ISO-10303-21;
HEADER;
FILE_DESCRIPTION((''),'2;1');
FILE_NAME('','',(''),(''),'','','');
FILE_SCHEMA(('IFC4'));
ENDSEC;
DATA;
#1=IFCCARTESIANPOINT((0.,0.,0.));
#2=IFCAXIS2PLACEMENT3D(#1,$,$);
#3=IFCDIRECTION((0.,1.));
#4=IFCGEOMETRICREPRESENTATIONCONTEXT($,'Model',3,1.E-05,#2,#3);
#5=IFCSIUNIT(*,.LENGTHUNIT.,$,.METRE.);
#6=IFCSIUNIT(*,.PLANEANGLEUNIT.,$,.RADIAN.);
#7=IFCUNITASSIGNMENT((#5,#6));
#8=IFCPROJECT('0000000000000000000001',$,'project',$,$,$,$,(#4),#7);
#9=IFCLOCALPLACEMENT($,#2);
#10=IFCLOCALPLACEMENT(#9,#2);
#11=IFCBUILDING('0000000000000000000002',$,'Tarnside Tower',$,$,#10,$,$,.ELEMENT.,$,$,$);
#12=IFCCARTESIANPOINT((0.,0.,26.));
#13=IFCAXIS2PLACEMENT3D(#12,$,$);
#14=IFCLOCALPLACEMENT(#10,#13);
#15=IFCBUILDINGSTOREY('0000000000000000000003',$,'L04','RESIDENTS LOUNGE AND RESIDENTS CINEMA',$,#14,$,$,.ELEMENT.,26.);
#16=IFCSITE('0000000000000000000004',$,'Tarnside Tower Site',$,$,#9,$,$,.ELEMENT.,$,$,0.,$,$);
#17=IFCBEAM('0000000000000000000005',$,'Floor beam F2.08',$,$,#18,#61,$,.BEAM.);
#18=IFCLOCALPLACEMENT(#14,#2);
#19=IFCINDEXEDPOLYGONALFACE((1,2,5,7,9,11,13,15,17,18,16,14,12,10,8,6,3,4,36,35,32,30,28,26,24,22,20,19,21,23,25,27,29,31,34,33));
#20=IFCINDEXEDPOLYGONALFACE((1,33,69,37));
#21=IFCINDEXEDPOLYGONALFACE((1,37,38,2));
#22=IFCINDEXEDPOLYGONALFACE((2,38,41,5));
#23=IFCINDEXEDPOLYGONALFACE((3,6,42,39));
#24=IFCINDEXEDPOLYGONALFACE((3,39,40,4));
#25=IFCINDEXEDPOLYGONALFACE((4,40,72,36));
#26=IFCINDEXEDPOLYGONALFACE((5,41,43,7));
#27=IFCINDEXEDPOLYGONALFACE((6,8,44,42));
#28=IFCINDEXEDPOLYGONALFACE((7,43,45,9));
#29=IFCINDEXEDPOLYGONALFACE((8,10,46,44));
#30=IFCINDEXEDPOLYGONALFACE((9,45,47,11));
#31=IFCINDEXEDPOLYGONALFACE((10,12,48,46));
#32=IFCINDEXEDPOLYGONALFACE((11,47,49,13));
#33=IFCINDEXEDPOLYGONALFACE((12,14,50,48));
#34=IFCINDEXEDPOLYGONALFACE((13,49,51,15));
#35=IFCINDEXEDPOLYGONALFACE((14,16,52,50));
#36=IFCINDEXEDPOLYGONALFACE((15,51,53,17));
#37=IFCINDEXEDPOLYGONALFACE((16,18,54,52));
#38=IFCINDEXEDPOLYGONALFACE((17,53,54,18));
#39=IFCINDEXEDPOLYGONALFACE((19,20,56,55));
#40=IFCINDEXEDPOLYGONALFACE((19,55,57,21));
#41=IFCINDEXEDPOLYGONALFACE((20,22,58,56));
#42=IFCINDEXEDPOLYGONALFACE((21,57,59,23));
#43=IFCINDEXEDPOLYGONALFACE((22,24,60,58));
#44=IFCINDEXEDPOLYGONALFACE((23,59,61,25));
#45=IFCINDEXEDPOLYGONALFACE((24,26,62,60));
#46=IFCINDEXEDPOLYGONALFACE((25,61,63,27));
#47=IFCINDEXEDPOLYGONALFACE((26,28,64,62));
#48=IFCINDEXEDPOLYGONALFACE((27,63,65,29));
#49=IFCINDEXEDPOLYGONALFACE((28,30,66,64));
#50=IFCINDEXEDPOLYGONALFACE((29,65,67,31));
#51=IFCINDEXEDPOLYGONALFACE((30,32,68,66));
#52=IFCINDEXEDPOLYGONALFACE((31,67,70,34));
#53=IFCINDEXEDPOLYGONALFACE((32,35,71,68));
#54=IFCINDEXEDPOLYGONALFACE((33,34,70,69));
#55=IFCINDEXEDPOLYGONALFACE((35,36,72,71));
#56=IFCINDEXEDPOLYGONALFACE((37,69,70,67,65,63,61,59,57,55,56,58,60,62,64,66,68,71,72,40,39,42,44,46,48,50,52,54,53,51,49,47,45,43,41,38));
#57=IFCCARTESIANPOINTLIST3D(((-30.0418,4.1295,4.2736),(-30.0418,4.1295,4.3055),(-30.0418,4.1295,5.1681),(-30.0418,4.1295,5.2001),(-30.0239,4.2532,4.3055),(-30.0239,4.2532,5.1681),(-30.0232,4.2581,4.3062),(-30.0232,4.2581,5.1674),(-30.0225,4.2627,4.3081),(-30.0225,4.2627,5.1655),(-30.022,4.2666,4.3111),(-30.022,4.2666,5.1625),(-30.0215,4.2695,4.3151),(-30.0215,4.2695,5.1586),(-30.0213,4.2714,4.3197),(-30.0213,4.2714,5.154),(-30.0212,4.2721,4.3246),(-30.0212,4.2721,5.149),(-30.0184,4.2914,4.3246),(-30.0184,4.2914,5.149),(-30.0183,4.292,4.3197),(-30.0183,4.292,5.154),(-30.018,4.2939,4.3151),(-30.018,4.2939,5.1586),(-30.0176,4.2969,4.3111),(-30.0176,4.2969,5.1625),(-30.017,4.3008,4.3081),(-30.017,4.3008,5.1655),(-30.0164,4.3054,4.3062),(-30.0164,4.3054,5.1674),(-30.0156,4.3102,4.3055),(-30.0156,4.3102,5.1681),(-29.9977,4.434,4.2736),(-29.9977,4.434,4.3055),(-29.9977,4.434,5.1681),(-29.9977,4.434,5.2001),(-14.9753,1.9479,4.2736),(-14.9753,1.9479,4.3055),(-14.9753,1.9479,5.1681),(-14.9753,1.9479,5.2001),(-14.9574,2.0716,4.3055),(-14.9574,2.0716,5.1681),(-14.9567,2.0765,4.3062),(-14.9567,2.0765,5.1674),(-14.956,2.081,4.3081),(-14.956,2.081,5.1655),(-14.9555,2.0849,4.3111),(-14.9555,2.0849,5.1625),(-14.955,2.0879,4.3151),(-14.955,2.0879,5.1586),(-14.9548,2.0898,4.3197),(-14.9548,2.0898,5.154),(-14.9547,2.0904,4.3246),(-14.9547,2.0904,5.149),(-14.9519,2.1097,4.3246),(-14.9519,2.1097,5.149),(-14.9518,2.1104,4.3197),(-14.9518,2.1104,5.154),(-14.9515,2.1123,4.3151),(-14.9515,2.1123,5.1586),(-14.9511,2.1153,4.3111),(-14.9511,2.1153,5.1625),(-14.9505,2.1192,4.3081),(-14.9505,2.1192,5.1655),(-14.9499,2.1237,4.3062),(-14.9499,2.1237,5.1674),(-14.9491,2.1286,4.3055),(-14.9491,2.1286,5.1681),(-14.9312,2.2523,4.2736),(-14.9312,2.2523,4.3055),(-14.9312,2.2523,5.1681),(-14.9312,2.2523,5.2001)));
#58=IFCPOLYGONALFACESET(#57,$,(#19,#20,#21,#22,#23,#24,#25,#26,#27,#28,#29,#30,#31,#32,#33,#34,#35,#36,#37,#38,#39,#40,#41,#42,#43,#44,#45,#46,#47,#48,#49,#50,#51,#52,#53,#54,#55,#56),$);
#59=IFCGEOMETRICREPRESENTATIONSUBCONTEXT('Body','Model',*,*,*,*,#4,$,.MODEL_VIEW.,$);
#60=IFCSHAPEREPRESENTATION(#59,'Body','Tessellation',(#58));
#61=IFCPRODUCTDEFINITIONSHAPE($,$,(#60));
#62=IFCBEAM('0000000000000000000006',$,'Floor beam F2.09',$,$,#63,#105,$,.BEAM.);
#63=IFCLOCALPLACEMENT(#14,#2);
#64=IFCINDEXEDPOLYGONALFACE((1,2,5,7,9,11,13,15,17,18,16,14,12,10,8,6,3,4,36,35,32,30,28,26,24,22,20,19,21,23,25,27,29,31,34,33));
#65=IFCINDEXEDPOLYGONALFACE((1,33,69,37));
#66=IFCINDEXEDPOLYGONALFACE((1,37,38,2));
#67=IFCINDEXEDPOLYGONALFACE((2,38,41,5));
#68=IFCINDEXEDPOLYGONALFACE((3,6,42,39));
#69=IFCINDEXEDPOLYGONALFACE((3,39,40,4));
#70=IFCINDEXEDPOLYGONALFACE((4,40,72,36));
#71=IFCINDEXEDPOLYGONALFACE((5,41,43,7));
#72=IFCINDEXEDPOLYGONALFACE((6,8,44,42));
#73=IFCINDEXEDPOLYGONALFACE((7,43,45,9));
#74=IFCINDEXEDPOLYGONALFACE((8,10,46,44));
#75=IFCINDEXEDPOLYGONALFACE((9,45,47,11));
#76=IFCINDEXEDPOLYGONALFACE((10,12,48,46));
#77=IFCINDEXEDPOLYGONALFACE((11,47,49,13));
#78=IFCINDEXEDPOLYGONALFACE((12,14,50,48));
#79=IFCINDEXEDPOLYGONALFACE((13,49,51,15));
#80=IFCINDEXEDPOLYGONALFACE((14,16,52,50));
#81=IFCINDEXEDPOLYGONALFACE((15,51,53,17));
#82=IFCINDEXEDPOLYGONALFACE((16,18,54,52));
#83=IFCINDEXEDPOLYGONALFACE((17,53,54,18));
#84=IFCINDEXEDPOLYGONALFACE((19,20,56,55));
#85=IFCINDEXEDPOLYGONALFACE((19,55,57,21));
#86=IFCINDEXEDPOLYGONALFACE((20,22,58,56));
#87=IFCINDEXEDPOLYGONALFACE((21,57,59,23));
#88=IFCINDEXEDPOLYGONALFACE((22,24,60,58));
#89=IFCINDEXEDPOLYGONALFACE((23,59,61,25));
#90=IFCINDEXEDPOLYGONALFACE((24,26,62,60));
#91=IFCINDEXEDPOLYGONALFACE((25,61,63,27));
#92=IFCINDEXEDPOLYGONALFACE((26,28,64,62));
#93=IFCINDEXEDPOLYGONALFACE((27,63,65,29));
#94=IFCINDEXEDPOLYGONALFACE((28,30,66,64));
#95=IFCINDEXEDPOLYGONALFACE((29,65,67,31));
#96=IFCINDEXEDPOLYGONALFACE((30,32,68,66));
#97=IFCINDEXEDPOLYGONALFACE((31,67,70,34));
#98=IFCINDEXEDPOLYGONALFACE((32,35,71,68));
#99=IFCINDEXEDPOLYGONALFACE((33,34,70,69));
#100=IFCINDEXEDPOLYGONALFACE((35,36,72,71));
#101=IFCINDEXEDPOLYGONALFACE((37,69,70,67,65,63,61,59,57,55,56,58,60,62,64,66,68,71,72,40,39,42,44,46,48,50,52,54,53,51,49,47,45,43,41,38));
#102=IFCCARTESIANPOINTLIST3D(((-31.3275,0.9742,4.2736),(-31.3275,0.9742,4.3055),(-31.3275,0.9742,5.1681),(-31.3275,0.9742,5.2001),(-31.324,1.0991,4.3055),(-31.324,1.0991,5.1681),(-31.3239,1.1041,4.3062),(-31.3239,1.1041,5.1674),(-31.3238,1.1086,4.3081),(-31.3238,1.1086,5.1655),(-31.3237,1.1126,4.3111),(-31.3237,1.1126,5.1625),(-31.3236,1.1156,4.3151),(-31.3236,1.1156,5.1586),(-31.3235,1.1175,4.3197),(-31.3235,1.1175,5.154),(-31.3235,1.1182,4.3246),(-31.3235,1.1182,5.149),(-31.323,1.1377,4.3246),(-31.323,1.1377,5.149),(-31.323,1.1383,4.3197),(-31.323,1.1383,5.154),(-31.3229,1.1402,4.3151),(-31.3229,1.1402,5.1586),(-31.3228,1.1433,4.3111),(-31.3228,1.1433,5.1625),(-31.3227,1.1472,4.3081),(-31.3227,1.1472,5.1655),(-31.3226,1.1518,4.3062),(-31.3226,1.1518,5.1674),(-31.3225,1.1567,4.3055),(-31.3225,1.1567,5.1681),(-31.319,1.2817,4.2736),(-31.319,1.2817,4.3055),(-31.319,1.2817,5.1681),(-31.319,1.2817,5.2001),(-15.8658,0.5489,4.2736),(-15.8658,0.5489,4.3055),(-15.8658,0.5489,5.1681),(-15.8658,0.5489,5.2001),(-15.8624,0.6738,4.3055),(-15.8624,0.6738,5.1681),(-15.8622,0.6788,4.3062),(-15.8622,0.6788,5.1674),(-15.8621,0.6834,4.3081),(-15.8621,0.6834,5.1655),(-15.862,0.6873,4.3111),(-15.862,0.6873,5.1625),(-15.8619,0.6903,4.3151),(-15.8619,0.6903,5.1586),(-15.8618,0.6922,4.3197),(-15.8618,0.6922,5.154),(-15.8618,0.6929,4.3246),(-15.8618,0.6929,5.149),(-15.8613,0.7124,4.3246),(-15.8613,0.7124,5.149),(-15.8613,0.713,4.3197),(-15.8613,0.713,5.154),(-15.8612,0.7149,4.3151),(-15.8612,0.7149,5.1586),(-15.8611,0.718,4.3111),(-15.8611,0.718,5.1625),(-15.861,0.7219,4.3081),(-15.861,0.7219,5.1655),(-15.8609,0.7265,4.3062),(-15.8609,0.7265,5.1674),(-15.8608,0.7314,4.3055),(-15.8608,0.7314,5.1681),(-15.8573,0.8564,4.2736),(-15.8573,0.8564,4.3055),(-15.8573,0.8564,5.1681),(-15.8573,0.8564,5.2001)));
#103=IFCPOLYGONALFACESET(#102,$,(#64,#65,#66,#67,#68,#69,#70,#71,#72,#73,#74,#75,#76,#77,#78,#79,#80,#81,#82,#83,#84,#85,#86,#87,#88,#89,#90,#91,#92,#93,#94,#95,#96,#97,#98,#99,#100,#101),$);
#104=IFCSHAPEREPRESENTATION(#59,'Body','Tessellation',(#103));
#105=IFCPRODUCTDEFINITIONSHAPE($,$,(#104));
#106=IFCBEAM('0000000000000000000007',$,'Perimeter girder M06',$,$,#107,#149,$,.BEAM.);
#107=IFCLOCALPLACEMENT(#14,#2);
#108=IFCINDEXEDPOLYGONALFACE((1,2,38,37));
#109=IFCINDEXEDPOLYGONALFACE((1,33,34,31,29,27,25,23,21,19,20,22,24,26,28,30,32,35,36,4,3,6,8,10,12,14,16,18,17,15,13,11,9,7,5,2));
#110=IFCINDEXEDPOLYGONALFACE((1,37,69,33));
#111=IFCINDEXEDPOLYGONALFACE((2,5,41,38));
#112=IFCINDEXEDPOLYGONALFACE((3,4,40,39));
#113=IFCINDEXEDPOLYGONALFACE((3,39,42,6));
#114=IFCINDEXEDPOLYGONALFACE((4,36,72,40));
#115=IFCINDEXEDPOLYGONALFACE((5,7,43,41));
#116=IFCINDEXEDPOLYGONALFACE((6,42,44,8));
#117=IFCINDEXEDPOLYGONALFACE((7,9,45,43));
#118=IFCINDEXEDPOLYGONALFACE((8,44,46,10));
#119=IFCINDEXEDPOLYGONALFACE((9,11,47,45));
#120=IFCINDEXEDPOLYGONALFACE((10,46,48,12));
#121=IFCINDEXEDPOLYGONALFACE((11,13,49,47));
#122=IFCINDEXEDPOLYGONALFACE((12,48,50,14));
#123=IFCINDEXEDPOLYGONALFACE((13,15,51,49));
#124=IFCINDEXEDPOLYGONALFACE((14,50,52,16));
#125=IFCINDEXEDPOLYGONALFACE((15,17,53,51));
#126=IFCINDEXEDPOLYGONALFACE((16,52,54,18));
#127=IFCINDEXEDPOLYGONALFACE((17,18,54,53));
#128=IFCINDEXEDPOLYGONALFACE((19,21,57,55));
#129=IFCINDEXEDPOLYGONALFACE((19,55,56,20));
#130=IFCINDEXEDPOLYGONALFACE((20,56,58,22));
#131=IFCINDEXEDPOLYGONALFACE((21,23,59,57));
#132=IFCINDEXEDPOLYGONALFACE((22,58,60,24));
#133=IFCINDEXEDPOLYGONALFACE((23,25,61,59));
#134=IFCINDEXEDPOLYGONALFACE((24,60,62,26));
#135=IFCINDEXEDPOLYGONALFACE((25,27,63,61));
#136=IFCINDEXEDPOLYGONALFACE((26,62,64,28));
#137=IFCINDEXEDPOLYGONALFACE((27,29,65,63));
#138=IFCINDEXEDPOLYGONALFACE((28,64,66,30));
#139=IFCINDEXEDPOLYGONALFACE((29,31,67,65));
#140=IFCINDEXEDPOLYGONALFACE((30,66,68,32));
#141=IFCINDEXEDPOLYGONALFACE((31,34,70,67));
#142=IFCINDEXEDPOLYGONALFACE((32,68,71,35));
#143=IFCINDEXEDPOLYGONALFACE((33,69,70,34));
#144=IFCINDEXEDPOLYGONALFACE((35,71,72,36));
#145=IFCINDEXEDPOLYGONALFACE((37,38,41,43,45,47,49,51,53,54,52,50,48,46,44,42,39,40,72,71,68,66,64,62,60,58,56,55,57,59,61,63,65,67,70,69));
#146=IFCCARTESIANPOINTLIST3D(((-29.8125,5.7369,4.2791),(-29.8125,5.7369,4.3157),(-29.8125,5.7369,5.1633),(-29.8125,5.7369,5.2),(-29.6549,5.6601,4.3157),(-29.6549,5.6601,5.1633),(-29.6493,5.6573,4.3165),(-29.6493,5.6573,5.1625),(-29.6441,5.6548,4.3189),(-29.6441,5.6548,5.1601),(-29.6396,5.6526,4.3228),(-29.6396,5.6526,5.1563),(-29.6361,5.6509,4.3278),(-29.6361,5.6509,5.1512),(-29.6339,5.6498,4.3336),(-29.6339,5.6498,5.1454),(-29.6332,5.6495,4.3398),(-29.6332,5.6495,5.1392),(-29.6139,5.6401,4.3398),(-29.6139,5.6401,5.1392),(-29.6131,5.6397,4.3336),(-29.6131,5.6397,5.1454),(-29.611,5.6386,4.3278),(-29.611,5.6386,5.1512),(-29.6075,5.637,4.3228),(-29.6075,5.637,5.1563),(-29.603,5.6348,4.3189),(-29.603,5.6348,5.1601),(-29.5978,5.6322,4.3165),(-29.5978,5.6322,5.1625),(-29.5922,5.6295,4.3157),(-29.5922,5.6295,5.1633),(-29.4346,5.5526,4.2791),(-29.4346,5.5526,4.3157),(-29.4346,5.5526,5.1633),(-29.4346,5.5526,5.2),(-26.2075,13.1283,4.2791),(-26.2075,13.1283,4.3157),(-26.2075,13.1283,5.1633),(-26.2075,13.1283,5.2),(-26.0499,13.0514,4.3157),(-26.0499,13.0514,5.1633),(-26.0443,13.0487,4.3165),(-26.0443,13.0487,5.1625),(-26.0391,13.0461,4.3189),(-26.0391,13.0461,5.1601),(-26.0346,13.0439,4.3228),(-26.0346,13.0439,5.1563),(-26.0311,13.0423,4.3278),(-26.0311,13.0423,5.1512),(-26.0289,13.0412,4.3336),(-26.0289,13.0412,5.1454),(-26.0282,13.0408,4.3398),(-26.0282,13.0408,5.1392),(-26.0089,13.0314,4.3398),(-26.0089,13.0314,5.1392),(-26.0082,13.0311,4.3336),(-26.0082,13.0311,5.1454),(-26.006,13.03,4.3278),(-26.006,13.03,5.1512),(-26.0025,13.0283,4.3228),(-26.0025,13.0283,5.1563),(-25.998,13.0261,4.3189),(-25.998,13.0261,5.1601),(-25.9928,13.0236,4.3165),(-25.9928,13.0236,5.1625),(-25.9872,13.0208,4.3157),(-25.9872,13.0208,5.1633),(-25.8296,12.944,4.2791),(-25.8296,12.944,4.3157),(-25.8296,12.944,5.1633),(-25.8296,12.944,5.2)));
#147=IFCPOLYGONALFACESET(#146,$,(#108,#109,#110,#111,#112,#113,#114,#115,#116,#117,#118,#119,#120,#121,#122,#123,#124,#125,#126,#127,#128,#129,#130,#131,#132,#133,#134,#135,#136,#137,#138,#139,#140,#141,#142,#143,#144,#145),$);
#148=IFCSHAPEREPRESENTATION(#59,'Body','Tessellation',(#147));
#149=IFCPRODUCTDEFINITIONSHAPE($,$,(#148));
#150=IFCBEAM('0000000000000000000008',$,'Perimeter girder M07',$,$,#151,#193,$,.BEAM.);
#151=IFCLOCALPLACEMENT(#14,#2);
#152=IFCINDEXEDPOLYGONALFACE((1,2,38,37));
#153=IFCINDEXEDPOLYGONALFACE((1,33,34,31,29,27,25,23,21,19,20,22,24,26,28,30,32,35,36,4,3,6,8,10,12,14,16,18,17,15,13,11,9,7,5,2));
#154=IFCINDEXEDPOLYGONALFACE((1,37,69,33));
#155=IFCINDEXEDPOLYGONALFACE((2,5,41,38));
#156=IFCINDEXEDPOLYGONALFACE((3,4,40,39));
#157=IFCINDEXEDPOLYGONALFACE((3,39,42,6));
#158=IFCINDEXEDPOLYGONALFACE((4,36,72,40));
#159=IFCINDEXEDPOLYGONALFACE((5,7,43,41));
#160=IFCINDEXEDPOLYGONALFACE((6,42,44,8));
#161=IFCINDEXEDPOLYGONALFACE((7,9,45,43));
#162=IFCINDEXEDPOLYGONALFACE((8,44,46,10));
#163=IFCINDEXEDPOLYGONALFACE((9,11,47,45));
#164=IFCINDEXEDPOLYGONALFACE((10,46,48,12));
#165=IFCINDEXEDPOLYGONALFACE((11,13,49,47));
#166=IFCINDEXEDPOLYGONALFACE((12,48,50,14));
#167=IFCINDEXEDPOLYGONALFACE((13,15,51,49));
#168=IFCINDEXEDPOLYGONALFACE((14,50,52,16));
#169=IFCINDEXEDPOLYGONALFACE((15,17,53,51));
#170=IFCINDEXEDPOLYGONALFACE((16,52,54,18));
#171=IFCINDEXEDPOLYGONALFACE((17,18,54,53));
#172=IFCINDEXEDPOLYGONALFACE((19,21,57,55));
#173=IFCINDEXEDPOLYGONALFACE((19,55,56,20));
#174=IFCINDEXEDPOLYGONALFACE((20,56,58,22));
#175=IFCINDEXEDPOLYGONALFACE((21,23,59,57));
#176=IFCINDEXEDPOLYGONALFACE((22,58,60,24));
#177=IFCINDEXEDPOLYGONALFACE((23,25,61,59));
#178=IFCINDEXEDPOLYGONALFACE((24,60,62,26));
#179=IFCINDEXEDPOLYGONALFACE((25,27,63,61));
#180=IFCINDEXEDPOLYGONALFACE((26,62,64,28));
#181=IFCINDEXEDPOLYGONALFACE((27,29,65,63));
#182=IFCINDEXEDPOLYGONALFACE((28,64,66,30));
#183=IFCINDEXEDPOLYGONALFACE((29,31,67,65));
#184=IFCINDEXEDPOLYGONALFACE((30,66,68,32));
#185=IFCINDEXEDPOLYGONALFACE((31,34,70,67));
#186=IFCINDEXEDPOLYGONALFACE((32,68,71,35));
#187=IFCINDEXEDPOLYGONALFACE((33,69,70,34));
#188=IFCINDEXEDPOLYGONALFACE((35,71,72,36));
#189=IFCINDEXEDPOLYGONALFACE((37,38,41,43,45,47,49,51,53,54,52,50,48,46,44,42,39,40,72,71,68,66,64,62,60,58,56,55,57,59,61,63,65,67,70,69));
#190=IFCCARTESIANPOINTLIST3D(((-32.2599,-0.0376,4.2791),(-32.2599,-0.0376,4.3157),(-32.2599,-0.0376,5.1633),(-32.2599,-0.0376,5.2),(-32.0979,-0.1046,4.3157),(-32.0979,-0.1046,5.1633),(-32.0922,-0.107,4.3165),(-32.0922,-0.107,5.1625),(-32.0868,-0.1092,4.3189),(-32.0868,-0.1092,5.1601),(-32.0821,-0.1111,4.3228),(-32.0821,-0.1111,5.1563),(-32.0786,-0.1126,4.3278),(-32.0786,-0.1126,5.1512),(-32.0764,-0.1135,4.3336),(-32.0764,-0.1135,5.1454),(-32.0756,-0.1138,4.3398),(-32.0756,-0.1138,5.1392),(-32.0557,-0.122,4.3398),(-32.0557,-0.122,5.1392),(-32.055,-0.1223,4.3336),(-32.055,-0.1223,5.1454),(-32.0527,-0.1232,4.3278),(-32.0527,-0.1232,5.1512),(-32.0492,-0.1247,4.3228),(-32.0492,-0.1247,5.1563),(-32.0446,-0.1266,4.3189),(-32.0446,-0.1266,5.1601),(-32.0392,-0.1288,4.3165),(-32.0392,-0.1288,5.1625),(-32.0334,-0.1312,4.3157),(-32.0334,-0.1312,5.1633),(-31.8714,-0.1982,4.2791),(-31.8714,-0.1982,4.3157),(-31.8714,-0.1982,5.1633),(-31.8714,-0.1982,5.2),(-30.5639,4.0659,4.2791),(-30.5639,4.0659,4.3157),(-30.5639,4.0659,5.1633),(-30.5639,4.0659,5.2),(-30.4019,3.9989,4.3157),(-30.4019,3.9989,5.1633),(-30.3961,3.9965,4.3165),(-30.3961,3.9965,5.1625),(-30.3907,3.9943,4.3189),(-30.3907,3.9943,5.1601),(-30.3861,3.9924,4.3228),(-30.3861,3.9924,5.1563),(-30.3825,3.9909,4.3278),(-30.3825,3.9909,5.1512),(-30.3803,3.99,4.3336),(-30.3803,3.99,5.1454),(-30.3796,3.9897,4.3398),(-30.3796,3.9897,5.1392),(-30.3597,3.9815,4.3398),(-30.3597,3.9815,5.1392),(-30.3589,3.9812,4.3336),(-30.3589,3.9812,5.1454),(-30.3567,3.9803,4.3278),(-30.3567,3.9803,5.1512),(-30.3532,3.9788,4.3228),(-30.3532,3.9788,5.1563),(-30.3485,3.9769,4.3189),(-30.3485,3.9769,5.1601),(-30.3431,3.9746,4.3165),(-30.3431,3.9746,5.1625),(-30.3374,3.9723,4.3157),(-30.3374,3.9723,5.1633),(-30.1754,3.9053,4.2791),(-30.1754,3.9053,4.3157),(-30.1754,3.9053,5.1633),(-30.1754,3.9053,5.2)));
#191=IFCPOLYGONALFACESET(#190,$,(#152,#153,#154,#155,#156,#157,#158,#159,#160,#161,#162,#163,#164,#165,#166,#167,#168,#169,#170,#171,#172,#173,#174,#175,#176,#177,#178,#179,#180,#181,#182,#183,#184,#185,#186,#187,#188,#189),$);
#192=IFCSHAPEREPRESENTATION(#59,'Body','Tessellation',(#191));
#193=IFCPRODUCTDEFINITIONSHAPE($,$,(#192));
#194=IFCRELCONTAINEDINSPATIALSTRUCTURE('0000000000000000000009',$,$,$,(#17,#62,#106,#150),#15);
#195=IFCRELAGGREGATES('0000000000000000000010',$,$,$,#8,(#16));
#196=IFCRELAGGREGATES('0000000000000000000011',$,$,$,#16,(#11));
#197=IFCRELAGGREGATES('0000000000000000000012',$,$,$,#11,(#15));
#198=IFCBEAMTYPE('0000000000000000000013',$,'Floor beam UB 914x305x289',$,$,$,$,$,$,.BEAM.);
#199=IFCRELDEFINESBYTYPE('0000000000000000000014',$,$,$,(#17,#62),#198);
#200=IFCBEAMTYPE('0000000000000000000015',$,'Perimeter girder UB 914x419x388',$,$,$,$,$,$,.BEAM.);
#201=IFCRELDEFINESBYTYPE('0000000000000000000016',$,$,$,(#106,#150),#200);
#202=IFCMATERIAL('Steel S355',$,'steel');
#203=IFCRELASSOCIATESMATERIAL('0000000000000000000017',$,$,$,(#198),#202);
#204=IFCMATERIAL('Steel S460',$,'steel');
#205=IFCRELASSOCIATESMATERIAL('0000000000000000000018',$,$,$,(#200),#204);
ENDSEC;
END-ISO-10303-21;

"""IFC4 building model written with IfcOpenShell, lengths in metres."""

from ifc_helpers import new_model, si_unit, direction, frame, origin, origin_2d, place, context, subcontext, project, spatial, i_section, extrude, material, material_profile, profile_set, type_object, element, save


model = new_model("IFC4")

# Units and contexts
model_context = context("Model", 3, precision=1e-05, world=origin(), true_north=direction((0.0, 1.0)))
body_context = subcontext(model_context, "Body", "Model", "MODEL_VIEW")
ifc_project = project(units=[si_unit("LENGTHUNIT", "METRE"), si_unit("PLANEANGLEUNIT", "RADIAN")], contexts=[model_context])

# Site, building, storey
site_placement = place(None, origin())
site = spatial("IfcSite", under=ifc_project, at=site_placement, Name="Tarnside Tower Site", CompositionType="ELEMENT", RefElevation=0.0)
building_placement = place(site_placement, origin())
building = spatial("IfcBuilding", under=site, at=building_placement, Name="Tarnside Tower", CompositionType="ELEMENT")
storey_placement = place(building_placement, frame((0.0, 0.0, 26.0)))
storey = spatial("IfcBuildingStorey", under=building, at=storey_placement, Name="L04", Description="RESIDENTS LOUNGE AND RESIDENTS CINEMA", CompositionType="ELEMENT", Elevation=26.0)

# Beams
ifc_material_1 = material(Name="Steel S355", Category="steel")
ifc_material_profile_1 = material_profile(ifc_material_1, i_section(OverallWidth=0.3076, OverallDepth=0.9265, WebThickness=0.0195, FlangeThickness=0.032, FilletRadius=0.019, at=origin_2d()), Name="UB 914x305x289")
ifc_profile_set_1 = profile_set([ifc_material_profile_1], Name="Steel S355")
beam_type_1 = type_object("IfcBeamType", Name="Floor beam UB 914x305x289", PredefinedType="BEAM", material=ifc_profile_set_1)
beam_1_placement = place(storey_placement, frame((-30.0198, 4.2817, 4.7368), z_axis=(0.989678, -0.143307, 0.0), x_axis=(0.143307, 0.989678, 0.0)))
element("IfcBeam", 1, at=beam_1_placement, inside=storey, type_object=beam_type_1, Name="Floor beam F2.08", PredefinedType="BEAM", context=body_context, shape_type="SweptSolid", body=[
    extrude(i_section(OverallWidth=0.3076, OverallDepth=0.9265, WebThickness=0.0195, FlangeThickness=0.032, FilletRadius=0.019, at=origin_2d()), origin(), (0.0, 0.0, 1.0), 15.2236),
])
beam_2_placement = place(storey_placement, frame((-31.3232, 1.1279, 4.7368), z_axis=(0.999622, -0.027496, 0.0), x_axis=(0.027496, 0.999622, 0.0)))
element("IfcBeam", 2, at=beam_2_placement, inside=storey, type_object=beam_type_1, Name="Floor beam F2.09", PredefinedType="BEAM", context=body_context, shape_type="SweptSolid", body=[
    extrude(i_section(OverallWidth=0.3076, OverallDepth=0.9265, WebThickness=0.0195, FlangeThickness=0.032, FilletRadius=0.019, at=origin_2d()), origin(), (0.0, 0.0, 1.0), 15.4675),
])
ifc_material_2 = material(Name="Steel S460", Category="steel")
ifc_material_profile_2 = material_profile(ifc_material_2, i_section(OverallWidth=0.4204, OverallDepth=0.9209, WebThickness=0.0215, FlangeThickness=0.0366, FilletRadius=0.0242, at=origin_2d()), Name="UB 914x419x388")
ifc_profile_set_2 = profile_set([ifc_material_profile_2], Name="Steel S460")
beam_type_2 = type_object("IfcBeamType", Name="Perimeter girder UB 914x419x388", PredefinedType="BEAM", material=ifc_profile_set_2)
beam_3_placement = place(storey_placement, frame((-26.0186, 13.0361, 4.7395), z_axis=(-0.438369, -0.898795, 0.0), x_axis=(0.898795, -0.438369, 0.0)))
element("IfcBeam", 3, at=beam_3_placement, inside=storey, type_object=beam_type_2, Name="Perimeter girder M06", PredefinedType="BEAM", context=body_context, shape_type="SweptSolid", body=[
    extrude(i_section(OverallWidth=0.4204, OverallDepth=0.9209, WebThickness=0.0215, FlangeThickness=0.0366, FilletRadius=0.0242, at=origin_2d()), origin(), (0.0, 0.0, 1.0), 8.2236),
])
beam_4_placement = place(storey_placement, frame((-30.3696, 3.9856, 4.7395), z_axis=(-0.381975, -0.924173, 0.0), x_axis=(0.924173, -0.381975, 0.0)))
element("IfcBeam", 4, at=beam_4_placement, inside=storey, type_object=beam_type_2, Name="Perimeter girder M07", PredefinedType="BEAM", context=body_context, shape_type="SweptSolid", body=[
    extrude(i_section(OverallWidth=0.4204, OverallDepth=0.9209, WebThickness=0.0215, FlangeThickness=0.0366, FilletRadius=0.0242, at=origin_2d()), origin(), (0.0, 0.0, 1.0), 4.4402),
])

save(model, "model.ifc")
